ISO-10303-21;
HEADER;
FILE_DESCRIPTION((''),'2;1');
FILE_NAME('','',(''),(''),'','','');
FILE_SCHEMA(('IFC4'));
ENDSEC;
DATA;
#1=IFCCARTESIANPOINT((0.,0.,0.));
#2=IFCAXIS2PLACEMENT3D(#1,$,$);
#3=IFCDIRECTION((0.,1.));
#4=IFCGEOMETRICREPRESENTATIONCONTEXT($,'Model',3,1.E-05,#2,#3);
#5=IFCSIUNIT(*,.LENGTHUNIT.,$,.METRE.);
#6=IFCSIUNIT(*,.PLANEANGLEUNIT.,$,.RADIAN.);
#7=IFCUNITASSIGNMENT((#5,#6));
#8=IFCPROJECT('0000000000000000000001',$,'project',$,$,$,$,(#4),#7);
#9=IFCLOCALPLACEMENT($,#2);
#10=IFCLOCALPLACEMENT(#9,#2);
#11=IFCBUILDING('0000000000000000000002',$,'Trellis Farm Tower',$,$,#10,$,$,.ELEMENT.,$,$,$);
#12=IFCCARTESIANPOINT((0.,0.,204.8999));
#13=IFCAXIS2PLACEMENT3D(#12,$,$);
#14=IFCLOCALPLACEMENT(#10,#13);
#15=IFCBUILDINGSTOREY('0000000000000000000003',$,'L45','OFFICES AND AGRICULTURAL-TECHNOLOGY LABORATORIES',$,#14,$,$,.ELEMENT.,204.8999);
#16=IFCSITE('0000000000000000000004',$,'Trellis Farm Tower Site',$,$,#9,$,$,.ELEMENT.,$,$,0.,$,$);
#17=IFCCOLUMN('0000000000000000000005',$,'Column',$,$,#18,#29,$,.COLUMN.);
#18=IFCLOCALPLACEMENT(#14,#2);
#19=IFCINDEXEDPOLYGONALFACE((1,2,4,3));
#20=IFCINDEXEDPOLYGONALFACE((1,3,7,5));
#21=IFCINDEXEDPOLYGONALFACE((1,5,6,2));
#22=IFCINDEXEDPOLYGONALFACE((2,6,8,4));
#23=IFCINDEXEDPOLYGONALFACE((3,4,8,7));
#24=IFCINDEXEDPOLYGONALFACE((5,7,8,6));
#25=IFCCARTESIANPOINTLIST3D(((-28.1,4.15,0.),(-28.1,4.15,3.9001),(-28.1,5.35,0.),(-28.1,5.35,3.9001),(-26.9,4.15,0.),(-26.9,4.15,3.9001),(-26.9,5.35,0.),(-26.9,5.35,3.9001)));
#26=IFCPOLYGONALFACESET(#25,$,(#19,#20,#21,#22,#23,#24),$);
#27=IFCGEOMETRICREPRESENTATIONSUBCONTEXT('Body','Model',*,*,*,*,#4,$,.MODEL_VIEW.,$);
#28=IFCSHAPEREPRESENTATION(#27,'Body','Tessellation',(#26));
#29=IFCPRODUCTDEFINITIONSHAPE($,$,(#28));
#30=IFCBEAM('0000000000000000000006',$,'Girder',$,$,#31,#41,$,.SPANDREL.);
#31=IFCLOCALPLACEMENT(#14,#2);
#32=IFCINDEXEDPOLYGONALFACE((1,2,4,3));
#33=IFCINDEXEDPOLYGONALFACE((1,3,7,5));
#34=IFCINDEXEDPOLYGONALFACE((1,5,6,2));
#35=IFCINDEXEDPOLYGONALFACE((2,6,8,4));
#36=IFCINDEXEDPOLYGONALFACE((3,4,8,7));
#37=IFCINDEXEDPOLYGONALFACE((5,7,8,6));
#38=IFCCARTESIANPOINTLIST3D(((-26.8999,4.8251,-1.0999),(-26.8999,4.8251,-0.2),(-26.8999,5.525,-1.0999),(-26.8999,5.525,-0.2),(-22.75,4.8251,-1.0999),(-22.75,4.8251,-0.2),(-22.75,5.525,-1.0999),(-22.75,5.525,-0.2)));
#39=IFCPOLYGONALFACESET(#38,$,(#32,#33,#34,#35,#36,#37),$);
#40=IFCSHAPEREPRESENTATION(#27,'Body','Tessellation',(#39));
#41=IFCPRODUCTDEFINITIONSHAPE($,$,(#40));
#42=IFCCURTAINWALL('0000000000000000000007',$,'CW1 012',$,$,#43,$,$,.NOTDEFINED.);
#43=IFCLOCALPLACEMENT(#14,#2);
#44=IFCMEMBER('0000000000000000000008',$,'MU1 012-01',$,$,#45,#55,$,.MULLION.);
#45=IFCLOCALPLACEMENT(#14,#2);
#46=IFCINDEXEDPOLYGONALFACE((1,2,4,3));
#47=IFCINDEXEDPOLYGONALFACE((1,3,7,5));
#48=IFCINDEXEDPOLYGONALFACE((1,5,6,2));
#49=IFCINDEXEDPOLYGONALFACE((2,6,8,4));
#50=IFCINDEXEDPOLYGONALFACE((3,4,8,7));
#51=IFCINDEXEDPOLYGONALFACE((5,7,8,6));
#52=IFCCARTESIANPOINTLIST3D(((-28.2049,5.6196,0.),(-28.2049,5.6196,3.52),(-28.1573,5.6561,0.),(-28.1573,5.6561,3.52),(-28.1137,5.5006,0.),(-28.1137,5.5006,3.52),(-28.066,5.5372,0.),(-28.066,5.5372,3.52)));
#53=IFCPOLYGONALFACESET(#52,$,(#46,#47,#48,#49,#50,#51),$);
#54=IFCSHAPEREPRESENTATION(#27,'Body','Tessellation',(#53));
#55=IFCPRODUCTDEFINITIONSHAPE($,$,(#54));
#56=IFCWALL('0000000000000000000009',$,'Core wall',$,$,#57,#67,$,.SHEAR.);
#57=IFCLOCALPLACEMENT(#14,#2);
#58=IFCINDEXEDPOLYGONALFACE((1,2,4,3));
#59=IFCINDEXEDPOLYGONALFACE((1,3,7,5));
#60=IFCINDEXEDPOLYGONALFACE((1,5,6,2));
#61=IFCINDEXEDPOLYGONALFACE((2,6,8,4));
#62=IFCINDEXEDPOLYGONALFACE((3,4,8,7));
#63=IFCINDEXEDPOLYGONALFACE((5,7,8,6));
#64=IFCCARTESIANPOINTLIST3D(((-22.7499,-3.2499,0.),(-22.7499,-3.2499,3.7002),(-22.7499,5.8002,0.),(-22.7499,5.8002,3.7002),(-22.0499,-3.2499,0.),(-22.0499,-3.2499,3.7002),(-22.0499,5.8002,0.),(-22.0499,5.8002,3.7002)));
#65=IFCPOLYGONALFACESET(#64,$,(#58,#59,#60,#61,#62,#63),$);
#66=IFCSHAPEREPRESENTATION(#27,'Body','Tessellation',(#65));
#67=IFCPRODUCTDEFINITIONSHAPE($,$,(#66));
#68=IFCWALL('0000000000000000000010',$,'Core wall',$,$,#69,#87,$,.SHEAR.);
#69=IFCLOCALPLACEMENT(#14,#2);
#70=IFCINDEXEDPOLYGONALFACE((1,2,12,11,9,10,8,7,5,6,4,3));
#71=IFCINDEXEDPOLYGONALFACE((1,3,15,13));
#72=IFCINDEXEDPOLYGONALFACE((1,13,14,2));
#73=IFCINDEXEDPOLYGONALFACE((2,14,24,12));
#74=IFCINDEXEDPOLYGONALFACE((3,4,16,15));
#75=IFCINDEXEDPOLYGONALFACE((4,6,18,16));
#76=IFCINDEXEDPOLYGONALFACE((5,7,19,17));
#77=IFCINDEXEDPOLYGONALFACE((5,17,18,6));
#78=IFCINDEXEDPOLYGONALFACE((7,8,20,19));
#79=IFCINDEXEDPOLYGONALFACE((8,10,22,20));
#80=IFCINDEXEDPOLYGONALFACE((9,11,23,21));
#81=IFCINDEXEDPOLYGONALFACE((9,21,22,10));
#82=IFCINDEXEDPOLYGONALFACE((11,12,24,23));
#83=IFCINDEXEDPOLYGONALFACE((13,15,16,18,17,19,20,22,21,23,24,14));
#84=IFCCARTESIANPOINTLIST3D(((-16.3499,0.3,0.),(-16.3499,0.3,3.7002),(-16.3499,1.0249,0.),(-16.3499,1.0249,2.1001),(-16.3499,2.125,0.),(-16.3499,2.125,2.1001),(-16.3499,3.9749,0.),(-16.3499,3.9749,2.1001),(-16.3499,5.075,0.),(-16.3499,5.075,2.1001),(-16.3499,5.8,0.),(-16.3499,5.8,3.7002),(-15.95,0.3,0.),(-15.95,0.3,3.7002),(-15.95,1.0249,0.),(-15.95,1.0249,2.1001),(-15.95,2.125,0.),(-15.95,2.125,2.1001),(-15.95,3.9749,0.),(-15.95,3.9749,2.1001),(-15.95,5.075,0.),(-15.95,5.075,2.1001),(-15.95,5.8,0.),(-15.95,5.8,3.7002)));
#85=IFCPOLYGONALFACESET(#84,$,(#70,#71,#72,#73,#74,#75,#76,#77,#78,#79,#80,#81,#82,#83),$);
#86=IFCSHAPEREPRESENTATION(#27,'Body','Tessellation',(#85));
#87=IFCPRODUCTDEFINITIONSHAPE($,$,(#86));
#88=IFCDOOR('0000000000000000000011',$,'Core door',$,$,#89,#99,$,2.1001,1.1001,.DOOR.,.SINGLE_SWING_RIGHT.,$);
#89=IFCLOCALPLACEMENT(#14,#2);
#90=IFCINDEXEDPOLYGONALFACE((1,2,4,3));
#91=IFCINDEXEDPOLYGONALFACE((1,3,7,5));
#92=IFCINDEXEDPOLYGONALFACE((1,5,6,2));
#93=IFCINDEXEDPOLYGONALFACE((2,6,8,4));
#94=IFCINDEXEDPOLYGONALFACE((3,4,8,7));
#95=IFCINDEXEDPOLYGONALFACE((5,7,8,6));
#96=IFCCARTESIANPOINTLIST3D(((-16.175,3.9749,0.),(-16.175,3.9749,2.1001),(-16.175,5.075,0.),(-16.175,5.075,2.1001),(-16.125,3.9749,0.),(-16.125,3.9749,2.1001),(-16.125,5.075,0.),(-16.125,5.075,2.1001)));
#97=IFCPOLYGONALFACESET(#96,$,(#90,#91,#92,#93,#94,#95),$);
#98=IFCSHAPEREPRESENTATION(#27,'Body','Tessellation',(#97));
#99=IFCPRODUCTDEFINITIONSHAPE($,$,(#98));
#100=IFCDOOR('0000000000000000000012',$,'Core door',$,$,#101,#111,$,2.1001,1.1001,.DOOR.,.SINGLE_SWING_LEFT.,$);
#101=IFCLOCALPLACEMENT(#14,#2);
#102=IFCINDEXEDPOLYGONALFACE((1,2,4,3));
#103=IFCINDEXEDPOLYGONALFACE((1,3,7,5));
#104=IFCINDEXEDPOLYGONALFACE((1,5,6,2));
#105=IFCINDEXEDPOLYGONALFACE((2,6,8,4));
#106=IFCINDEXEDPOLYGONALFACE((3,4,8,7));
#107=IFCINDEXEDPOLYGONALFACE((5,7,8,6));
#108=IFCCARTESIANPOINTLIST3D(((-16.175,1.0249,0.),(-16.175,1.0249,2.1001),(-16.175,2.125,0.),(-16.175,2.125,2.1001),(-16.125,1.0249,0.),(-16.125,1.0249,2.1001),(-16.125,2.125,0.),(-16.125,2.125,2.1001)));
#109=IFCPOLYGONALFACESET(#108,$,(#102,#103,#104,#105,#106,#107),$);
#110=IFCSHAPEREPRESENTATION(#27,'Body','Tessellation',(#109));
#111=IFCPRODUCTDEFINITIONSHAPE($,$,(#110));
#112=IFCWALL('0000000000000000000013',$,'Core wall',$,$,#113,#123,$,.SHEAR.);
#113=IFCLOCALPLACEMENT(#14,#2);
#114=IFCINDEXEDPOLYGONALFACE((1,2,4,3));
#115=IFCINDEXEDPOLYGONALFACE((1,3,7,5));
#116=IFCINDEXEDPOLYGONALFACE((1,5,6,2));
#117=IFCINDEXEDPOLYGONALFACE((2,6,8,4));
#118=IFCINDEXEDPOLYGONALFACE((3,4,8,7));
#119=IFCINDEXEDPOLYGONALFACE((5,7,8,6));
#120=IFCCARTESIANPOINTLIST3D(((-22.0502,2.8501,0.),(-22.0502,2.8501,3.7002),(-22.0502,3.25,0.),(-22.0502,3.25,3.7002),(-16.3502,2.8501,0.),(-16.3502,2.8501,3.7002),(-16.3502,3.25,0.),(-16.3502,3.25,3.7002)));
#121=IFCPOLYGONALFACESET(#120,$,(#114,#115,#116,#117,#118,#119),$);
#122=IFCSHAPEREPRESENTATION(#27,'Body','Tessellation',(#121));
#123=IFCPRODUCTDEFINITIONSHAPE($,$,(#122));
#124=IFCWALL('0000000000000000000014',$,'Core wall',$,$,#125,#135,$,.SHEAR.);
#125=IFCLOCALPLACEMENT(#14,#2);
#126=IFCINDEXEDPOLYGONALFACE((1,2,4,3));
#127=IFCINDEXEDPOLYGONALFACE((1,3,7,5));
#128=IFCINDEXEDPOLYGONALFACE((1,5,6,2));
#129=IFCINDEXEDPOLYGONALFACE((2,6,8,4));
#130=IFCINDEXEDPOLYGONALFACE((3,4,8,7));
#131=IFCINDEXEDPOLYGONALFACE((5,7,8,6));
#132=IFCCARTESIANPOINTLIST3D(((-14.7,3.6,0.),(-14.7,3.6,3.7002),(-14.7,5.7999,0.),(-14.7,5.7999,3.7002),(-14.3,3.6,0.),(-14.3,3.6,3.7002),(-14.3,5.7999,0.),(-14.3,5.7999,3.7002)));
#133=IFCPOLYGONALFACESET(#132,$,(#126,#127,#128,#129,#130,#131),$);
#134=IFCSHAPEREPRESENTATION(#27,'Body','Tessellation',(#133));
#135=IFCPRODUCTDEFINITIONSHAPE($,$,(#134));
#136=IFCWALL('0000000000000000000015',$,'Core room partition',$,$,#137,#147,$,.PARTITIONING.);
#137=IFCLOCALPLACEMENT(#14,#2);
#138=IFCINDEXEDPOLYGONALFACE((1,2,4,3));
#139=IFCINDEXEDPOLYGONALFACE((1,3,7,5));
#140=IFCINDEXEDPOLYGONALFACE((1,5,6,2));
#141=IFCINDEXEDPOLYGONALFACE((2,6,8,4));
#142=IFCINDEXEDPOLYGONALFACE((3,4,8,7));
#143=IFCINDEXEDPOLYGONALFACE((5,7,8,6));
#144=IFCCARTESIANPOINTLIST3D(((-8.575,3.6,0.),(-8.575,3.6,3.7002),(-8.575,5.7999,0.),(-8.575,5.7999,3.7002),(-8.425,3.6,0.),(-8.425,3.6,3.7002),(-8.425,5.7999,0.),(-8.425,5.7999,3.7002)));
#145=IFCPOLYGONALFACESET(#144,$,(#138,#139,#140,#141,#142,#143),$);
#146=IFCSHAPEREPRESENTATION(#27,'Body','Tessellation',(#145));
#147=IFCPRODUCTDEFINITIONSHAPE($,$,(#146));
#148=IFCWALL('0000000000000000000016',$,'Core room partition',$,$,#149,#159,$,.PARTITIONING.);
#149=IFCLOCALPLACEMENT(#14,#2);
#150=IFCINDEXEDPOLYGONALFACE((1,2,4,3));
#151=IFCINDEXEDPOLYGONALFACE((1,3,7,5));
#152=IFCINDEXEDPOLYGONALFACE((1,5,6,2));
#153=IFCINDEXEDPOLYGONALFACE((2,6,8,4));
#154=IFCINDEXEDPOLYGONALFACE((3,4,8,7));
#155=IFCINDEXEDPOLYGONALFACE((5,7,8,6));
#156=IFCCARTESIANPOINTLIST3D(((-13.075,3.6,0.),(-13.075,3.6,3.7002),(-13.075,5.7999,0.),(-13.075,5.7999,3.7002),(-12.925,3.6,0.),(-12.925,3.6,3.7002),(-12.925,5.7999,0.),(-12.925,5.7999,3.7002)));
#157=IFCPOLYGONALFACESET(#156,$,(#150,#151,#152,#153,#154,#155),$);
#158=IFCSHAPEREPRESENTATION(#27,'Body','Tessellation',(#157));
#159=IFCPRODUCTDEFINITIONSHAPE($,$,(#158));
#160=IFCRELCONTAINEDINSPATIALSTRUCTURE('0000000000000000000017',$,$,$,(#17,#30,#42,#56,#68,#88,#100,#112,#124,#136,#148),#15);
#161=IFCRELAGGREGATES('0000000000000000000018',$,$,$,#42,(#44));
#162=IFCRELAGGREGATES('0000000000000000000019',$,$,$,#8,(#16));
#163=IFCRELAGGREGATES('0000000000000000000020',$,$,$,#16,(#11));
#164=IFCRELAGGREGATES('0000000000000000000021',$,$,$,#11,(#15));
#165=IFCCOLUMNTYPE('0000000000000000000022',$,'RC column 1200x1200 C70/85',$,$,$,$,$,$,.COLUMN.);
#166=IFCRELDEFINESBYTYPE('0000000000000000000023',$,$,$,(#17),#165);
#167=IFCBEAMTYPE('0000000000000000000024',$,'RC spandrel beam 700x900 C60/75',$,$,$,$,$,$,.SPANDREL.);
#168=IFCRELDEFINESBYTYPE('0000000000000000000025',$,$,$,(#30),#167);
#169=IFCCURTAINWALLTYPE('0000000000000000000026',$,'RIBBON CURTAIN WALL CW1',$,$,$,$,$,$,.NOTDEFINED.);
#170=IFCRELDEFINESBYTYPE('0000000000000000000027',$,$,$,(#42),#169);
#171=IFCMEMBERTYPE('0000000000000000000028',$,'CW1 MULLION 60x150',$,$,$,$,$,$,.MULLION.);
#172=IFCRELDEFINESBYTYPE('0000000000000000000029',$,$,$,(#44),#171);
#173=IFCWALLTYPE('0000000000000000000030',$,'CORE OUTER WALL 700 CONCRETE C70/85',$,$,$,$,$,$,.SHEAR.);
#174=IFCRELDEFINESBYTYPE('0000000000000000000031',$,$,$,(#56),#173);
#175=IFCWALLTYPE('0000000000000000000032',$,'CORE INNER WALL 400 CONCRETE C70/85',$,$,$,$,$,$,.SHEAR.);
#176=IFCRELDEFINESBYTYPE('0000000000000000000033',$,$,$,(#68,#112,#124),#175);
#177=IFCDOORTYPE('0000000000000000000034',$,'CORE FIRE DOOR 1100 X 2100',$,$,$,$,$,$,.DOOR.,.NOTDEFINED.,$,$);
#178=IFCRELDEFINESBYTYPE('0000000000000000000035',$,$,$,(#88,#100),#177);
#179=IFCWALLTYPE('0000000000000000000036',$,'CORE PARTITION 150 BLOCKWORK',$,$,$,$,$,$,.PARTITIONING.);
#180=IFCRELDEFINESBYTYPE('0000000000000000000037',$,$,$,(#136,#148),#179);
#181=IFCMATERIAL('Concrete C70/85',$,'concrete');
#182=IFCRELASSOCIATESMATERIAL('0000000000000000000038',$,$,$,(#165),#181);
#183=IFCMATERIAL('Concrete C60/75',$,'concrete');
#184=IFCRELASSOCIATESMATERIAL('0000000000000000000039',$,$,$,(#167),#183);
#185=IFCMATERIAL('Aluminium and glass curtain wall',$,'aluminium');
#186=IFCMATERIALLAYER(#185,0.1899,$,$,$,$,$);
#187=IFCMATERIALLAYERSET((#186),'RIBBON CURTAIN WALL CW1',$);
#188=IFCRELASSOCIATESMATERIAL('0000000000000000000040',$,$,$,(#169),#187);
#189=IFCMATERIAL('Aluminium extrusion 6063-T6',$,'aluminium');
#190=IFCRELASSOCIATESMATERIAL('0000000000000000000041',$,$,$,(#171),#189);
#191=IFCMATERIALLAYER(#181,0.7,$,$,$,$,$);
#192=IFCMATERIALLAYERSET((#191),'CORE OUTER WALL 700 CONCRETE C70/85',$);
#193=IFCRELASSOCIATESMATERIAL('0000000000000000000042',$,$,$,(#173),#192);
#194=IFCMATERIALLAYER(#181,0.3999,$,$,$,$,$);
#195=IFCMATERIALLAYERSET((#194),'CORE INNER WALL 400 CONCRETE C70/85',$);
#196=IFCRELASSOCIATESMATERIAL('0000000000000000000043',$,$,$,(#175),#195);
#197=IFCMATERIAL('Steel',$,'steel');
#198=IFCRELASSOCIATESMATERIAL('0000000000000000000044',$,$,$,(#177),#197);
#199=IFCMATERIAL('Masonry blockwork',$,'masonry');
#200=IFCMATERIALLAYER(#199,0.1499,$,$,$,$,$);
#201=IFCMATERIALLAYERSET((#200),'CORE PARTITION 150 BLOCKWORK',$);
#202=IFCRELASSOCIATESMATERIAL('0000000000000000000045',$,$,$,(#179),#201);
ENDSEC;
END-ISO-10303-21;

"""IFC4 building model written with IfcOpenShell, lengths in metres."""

from ifc_helpers import new_model, si_unit, direction, frame, frame_2d, origin, origin_2d, place, context, subcontext, project, spatial, rectangle, extrude, source, transform, mapped, material, layer, layer_set, material_profile, profile_set, type_object, element, fill, aggregate, save


model = new_model("IFC4")

# Units and contexts
model_context = context("Model", 3, precision=1e-05, world=origin(), true_north=direction((0.0, 1.0)))
body_context = subcontext(model_context, "Body", "Model", "MODEL_VIEW")
ifc_project = project(units=[si_unit("LENGTHUNIT", "METRE"), si_unit("PLANEANGLEUNIT", "RADIAN")], contexts=[model_context])

# Site, building, storey
site_placement = place(None, origin())
site = spatial("IfcSite", under=ifc_project, at=site_placement, Name="Trellis Farm Tower Site", CompositionType="ELEMENT", RefElevation=0.0)
building_placement = place(site_placement, origin())
building = spatial("IfcBuilding", under=site, at=building_placement, Name="Trellis Farm Tower", CompositionType="ELEMENT")
storey_placement = place(building_placement, frame((0.0, 0.0, 204.8999)))
storey = spatial("IfcBuildingStorey", under=building, at=storey_placement, Name="L45", Description="OFFICES AND AGRICULTURAL-TECHNOLOGY LABORATORIES", CompositionType="ELEMENT", Elevation=204.8999)

# Column
ifc_material_1 = material(Name="Concrete C70/85", Category="concrete")
ifc_material_profile_1 = material_profile(ifc_material_1, rectangle(XDim=1.2, YDim=1.2, at=origin_2d()), Name="RC column 1200x1200 C70/85")
ifc_profile_set_1 = profile_set([ifc_material_profile_1], Name="Concrete C70/85")
column_type = type_object("IfcColumnType", Name="RC column 1200x1200 C70/85", PredefinedType="COLUMN", material=ifc_profile_set_1)
shared_shape_1 = source(origin(), body_context, "Body", "SweptSolid", [
    extrude(rectangle(XDim=1.2, YDim=1.2, at=origin_2d()), origin(), (0.0, 0.0, 1.0), 3.9001),
])
column_placement = place(storey_placement, frame((-27.5, 4.75, 0.0), z_axis=(0.0, 0.0, 1.0), x_axis=(1.0, 0.0, 0.0)))
element("IfcColumn", 1, at=column_placement, inside=storey, type_object=column_type, Name="Column", PredefinedType="COLUMN", context=body_context, shape_type="MappedRepresentation", body=[
    mapped(shared_shape_1, transform((0.0, 0.0, 0.0))),
])

# Beam
ifc_material_2 = material(Name="Concrete C60/75", Category="concrete")
ifc_material_profile_2 = material_profile(ifc_material_2, rectangle(XDim=0.7, YDim=0.8999, at=origin_2d()), Name="RC spandrel beam 700x900 C60/75")
ifc_profile_set_2 = profile_set([ifc_material_profile_2], Name="Concrete C60/75")
beam_type = type_object("IfcBeamType", Name="RC spandrel beam 700x900 C60/75", PredefinedType="SPANDREL", material=ifc_profile_set_2)
shared_shape_2 = source(origin(), body_context, "Body", "SweptSolid", [
    extrude(rectangle(XDim=0.7, YDim=0.8999, at=origin_2d()), origin(), (0.0, 0.0, 1.0), 4.1499),
])
beam_placement = place(storey_placement, frame((-26.8999, 5.175, -0.6499), z_axis=(1.0, 0.0, 0.0), x_axis=(0.0, 1.0, 0.0)))
element("IfcBeam", 2, at=beam_placement, inside=storey, type_object=beam_type, Name="Girder", PredefinedType="SPANDREL", context=body_context, shape_type="MappedRepresentation", body=[
    mapped(shared_shape_2, transform((0.0, 0.0, 0.0))),
])

# Curtain wall, member
ifc_material_3 = material(Name="Aluminium and glass curtain wall", Category="aluminium")
ifc_layer_1 = layer(ifc_material_3, 0.1899)
ifc_layer_set_1 = layer_set([ifc_layer_1], Name="RIBBON CURTAIN WALL CW1")
curtain_wall_type = type_object("IfcCurtainWallType", Name="RIBBON CURTAIN WALL CW1", PredefinedType="NOTDEFINED", material=ifc_layer_set_1)
placement = place(storey_placement, origin())
curtain_wall = element("IfcCurtainWall", 3, at=placement, inside=storey, type_object=curtain_wall_type, Name="CW1 012", PredefinedType="NOTDEFINED")
ifc_material_4 = material(Name="Aluminium extrusion 6063-T6", Category="aluminium")
ifc_material_profile_3 = material_profile(ifc_material_4, rectangle(XDim=0.0601, YDim=0.1499, at=origin_2d()), Name="MULLION 60x150")
ifc_profile_set_3 = profile_set([ifc_material_profile_3], Name="Aluminium extrusion 6063-T6")
member_type = type_object("IfcMemberType", Name="CW1 MULLION 60x150", PredefinedType="MULLION", material=ifc_profile_set_3)
shared_shape_3 = source(origin(), body_context, "Body", "SweptSolid", [
    extrude(rectangle(XDim=0.0601, YDim=0.1499, at=origin_2d()), origin(), (0.0, 0.0, 1.0), 3.52),
])
member_placement = place(storey_placement, frame((-28.1355, 5.5784, 0.0), z_axis=(0.0, 0.0, 1.0), x_axis=(-0.793353, -0.608761, 0.0)))
member = element("IfcMember", 4, at=member_placement, type_object=member_type, Name="MU1 012-01", PredefinedType="MULLION", context=body_context, shape_type="MappedRepresentation", body=[
    mapped(shared_shape_3, transform((0.0, 0.0, 0.0))),
])
aggregate(curtain_wall, [member])

# Wall
ifc_layer_2 = layer(ifc_material_1, 0.7)
ifc_layer_set_2 = layer_set([ifc_layer_2], Name="CORE OUTER WALL 700 CONCRETE C70/85")
wall_type_1 = type_object("IfcWallType", Name="CORE OUTER WALL 700 CONCRETE C70/85", PredefinedType="SHEAR", material=ifc_layer_set_2)
shared_shape_4 = source(origin(), body_context, "Body", "SweptSolid", [
    extrude(rectangle(XDim=9.05, YDim=0.7, at=frame_2d((4.5249, 0.0))), origin(), (0.0, 0.0, 1.0), 3.7002),
])
wall_1_placement = place(storey_placement, frame((-22.3999, 5.8, 0.0), z_axis=(0.0, 0.0, 1.0), x_axis=(0.0, -1.0, 0.0)))
element("IfcWall", 5, at=wall_1_placement, inside=storey, type_object=wall_type_1, Name="Core wall", PredefinedType="SHEAR", context=body_context, shape_type="MappedRepresentation", body=[
    mapped(shared_shape_4, transform((0.0, 0.0, 0.0))),
])

# Wall, openings, doors
ifc_layer_3 = layer(ifc_material_1, 0.3999)
ifc_layer_set_3 = layer_set([ifc_layer_3], Name="CORE INNER WALL 400 CONCRETE C70/85")
wall_type_2 = type_object("IfcWallType", Name="CORE INNER WALL 400 CONCRETE C70/85", PredefinedType="SHEAR", material=ifc_layer_set_3)
shared_shape_5 = source(origin(), body_context, "Body", "SweptSolid", [
    extrude(rectangle(XDim=5.5, YDim=0.3999, at=frame_2d((2.75, 0.0))), origin(), (0.0, 0.0, 1.0), 3.7002),
])
wall_2_placement = place(storey_placement, frame((-16.1499, 5.8, 0.0), z_axis=(0.0, 0.0, 1.0), x_axis=(0.0, -1.0, 0.0)))
wall_2 = element("IfcWall", 6, at=wall_2_placement, inside=storey, type_object=wall_type_2, Name="Core wall", PredefinedType="SHEAR", context=body_context, shape_type="MappedRepresentation", body=[
    mapped(shared_shape_5, transform((0.0, 0.0, 0.0))),
])
shared_shape_6 = source(origin(), body_context, "Body", "SweptSolid", [
    extrude(rectangle(XDim=1.1001, YDim=2.1001, at=frame_2d((0.55, 1.05))), frame((0.0, 0.21, 0.0), z_axis=(0.0, -1.0, 0.0), x_axis=(1.0, 0.0, 0.0)), (0.0, 0.0, 1.0), 0.4199),
])
opening_1_placement = place(wall_2_placement, frame((0.7251, 0.0, 0.0)))
opening_1 = element("IfcOpeningElement", 7, at=opening_1_placement, cuts=wall_2, PredefinedType="OPENING", context=body_context, shape_type="MappedRepresentation", body=[
    mapped(shared_shape_6, transform((0.0, 0.0, 0.0))),
])
opening_2_placement = place(wall_2_placement, frame((3.675, 0.0, 0.0)))
opening_2 = element("IfcOpeningElement", 8, at=opening_2_placement, cuts=wall_2, PredefinedType="OPENING", context=body_context, shape_type="MappedRepresentation", body=[
    mapped(shared_shape_6, transform((0.0, 0.0, 0.0))),
])
ifc_material_5 = material(Name="Steel", Category="steel")
door_type = type_object("IfcDoorType", Name="CORE FIRE DOOR 1100 X 2100", OperationType="NOTDEFINED", PredefinedType="DOOR", material=ifc_material_5)
shared_shape_7 = source(origin(), body_context, "Body", "SweptSolid", [
    extrude(rectangle(XDim=1.1001, YDim=2.1001, at=frame_2d((0.55, 1.05))), frame((0.0, 0.0249, 0.0), z_axis=(0.0, -1.0, 0.0), x_axis=(1.0, 0.0, 0.0)), (0.0, 0.0, 1.0), 0.05),
])
door_1_placement = place(opening_1_placement, origin())
door_1 = element("IfcDoor", 9, at=door_1_placement, inside=storey, type_object=door_type, Name="Core door", OperationType="SINGLE_SWING_RIGHT", OverallHeight=2.1001, OverallWidth=1.1001, PredefinedType="DOOR", context=body_context, shape_type="MappedRepresentation", body=[
    mapped(shared_shape_7, transform((0.0, 0.0, 0.0))),
])
fill(opening_1, door_1)
door_2_placement = place(opening_2_placement, origin())
door_2 = element("IfcDoor", 10, at=door_2_placement, inside=storey, type_object=door_type, Name="Core door", OperationType="SINGLE_SWING_LEFT", OverallHeight=2.1001, OverallWidth=1.1001, PredefinedType="DOOR", context=body_context, shape_type="MappedRepresentation", body=[
    mapped(shared_shape_7, transform((0.0, 0.0, 0.0))),
])
fill(opening_2, door_2)

# Walls
shared_shape_8 = source(origin(), body_context, "Body", "SweptSolid", [
    extrude(rectangle(XDim=5.7, YDim=0.3999, at=frame_2d((2.8501, 0.0))), origin(), (0.0, 0.0, 1.0), 3.7002),
])
wall_3_placement = place(storey_placement, frame((-16.3501, 3.05, 0.0), z_axis=(0.0, 0.0, 1.0), x_axis=(-1.0, 0.0, 0.0)))
element("IfcWall", 11, at=wall_3_placement, inside=storey, type_object=wall_type_2, Name="Core wall", PredefinedType="SHEAR", context=body_context, shape_type="MappedRepresentation", body=[
    mapped(shared_shape_8, transform((0.0, 0.0, 0.0))),
])
shared_shape_9 = source(origin(), body_context, "Body", "SweptSolid", [
    extrude(rectangle(XDim=2.2, YDim=0.3999, at=frame_2d((1.1001, 0.0))), origin(), (0.0, 0.0, 1.0), 3.7002),
])
wall_4_placement = place(storey_placement, frame((-14.5, 5.8, 0.0), z_axis=(0.0, 0.0, 1.0), x_axis=(0.0, -1.0, 0.0)))
element("IfcWall", 12, at=wall_4_placement, inside=storey, type_object=wall_type_2, Name="Core wall", PredefinedType="SHEAR", context=body_context, shape_type="MappedRepresentation", body=[
    mapped(shared_shape_9, transform((0.0, 0.0, 0.0))),
])
ifc_material_6 = material(Name="Masonry blockwork", Category="masonry")
ifc_layer_4 = layer(ifc_material_6, 0.1499)
ifc_layer_set_4 = layer_set([ifc_layer_4], Name="CORE PARTITION 150 BLOCKWORK")
wall_type_3 = type_object("IfcWallType", Name="CORE PARTITION 150 BLOCKWORK", PredefinedType="PARTITIONING", material=ifc_layer_set_4)
shared_shape_10 = source(origin(), body_context, "Body", "SweptSolid", [
    extrude(rectangle(XDim=2.2, YDim=0.1499, at=frame_2d((1.1001, 0.0))), origin(), (0.0, 0.0, 1.0), 3.7002),
])
for number, where, z_axis, x_axis, name in (
    (13, (-8.5, 5.8, 0.0), (0.0, 0.0, 1.0), (0.0, -1.0, 0.0), "Core room partition"),
    (14, (-13.0, 5.8, 0.0), (0.0, 0.0, 1.0), (0.0, -1.0, 0.0), "Core room partition"),
):
    element("IfcWall", number, at=place(storey_placement, frame(where, z_axis=z_axis, x_axis=x_axis)), inside=storey, type_object=wall_type_3, Name=name, PredefinedType="PARTITIONING", context=body_context, shape_type="MappedRepresentation", body=[
        mapped(shared_shape_10, transform((0.0, 0.0, 0.0))),
    ])

save(model, "model.ifc")
